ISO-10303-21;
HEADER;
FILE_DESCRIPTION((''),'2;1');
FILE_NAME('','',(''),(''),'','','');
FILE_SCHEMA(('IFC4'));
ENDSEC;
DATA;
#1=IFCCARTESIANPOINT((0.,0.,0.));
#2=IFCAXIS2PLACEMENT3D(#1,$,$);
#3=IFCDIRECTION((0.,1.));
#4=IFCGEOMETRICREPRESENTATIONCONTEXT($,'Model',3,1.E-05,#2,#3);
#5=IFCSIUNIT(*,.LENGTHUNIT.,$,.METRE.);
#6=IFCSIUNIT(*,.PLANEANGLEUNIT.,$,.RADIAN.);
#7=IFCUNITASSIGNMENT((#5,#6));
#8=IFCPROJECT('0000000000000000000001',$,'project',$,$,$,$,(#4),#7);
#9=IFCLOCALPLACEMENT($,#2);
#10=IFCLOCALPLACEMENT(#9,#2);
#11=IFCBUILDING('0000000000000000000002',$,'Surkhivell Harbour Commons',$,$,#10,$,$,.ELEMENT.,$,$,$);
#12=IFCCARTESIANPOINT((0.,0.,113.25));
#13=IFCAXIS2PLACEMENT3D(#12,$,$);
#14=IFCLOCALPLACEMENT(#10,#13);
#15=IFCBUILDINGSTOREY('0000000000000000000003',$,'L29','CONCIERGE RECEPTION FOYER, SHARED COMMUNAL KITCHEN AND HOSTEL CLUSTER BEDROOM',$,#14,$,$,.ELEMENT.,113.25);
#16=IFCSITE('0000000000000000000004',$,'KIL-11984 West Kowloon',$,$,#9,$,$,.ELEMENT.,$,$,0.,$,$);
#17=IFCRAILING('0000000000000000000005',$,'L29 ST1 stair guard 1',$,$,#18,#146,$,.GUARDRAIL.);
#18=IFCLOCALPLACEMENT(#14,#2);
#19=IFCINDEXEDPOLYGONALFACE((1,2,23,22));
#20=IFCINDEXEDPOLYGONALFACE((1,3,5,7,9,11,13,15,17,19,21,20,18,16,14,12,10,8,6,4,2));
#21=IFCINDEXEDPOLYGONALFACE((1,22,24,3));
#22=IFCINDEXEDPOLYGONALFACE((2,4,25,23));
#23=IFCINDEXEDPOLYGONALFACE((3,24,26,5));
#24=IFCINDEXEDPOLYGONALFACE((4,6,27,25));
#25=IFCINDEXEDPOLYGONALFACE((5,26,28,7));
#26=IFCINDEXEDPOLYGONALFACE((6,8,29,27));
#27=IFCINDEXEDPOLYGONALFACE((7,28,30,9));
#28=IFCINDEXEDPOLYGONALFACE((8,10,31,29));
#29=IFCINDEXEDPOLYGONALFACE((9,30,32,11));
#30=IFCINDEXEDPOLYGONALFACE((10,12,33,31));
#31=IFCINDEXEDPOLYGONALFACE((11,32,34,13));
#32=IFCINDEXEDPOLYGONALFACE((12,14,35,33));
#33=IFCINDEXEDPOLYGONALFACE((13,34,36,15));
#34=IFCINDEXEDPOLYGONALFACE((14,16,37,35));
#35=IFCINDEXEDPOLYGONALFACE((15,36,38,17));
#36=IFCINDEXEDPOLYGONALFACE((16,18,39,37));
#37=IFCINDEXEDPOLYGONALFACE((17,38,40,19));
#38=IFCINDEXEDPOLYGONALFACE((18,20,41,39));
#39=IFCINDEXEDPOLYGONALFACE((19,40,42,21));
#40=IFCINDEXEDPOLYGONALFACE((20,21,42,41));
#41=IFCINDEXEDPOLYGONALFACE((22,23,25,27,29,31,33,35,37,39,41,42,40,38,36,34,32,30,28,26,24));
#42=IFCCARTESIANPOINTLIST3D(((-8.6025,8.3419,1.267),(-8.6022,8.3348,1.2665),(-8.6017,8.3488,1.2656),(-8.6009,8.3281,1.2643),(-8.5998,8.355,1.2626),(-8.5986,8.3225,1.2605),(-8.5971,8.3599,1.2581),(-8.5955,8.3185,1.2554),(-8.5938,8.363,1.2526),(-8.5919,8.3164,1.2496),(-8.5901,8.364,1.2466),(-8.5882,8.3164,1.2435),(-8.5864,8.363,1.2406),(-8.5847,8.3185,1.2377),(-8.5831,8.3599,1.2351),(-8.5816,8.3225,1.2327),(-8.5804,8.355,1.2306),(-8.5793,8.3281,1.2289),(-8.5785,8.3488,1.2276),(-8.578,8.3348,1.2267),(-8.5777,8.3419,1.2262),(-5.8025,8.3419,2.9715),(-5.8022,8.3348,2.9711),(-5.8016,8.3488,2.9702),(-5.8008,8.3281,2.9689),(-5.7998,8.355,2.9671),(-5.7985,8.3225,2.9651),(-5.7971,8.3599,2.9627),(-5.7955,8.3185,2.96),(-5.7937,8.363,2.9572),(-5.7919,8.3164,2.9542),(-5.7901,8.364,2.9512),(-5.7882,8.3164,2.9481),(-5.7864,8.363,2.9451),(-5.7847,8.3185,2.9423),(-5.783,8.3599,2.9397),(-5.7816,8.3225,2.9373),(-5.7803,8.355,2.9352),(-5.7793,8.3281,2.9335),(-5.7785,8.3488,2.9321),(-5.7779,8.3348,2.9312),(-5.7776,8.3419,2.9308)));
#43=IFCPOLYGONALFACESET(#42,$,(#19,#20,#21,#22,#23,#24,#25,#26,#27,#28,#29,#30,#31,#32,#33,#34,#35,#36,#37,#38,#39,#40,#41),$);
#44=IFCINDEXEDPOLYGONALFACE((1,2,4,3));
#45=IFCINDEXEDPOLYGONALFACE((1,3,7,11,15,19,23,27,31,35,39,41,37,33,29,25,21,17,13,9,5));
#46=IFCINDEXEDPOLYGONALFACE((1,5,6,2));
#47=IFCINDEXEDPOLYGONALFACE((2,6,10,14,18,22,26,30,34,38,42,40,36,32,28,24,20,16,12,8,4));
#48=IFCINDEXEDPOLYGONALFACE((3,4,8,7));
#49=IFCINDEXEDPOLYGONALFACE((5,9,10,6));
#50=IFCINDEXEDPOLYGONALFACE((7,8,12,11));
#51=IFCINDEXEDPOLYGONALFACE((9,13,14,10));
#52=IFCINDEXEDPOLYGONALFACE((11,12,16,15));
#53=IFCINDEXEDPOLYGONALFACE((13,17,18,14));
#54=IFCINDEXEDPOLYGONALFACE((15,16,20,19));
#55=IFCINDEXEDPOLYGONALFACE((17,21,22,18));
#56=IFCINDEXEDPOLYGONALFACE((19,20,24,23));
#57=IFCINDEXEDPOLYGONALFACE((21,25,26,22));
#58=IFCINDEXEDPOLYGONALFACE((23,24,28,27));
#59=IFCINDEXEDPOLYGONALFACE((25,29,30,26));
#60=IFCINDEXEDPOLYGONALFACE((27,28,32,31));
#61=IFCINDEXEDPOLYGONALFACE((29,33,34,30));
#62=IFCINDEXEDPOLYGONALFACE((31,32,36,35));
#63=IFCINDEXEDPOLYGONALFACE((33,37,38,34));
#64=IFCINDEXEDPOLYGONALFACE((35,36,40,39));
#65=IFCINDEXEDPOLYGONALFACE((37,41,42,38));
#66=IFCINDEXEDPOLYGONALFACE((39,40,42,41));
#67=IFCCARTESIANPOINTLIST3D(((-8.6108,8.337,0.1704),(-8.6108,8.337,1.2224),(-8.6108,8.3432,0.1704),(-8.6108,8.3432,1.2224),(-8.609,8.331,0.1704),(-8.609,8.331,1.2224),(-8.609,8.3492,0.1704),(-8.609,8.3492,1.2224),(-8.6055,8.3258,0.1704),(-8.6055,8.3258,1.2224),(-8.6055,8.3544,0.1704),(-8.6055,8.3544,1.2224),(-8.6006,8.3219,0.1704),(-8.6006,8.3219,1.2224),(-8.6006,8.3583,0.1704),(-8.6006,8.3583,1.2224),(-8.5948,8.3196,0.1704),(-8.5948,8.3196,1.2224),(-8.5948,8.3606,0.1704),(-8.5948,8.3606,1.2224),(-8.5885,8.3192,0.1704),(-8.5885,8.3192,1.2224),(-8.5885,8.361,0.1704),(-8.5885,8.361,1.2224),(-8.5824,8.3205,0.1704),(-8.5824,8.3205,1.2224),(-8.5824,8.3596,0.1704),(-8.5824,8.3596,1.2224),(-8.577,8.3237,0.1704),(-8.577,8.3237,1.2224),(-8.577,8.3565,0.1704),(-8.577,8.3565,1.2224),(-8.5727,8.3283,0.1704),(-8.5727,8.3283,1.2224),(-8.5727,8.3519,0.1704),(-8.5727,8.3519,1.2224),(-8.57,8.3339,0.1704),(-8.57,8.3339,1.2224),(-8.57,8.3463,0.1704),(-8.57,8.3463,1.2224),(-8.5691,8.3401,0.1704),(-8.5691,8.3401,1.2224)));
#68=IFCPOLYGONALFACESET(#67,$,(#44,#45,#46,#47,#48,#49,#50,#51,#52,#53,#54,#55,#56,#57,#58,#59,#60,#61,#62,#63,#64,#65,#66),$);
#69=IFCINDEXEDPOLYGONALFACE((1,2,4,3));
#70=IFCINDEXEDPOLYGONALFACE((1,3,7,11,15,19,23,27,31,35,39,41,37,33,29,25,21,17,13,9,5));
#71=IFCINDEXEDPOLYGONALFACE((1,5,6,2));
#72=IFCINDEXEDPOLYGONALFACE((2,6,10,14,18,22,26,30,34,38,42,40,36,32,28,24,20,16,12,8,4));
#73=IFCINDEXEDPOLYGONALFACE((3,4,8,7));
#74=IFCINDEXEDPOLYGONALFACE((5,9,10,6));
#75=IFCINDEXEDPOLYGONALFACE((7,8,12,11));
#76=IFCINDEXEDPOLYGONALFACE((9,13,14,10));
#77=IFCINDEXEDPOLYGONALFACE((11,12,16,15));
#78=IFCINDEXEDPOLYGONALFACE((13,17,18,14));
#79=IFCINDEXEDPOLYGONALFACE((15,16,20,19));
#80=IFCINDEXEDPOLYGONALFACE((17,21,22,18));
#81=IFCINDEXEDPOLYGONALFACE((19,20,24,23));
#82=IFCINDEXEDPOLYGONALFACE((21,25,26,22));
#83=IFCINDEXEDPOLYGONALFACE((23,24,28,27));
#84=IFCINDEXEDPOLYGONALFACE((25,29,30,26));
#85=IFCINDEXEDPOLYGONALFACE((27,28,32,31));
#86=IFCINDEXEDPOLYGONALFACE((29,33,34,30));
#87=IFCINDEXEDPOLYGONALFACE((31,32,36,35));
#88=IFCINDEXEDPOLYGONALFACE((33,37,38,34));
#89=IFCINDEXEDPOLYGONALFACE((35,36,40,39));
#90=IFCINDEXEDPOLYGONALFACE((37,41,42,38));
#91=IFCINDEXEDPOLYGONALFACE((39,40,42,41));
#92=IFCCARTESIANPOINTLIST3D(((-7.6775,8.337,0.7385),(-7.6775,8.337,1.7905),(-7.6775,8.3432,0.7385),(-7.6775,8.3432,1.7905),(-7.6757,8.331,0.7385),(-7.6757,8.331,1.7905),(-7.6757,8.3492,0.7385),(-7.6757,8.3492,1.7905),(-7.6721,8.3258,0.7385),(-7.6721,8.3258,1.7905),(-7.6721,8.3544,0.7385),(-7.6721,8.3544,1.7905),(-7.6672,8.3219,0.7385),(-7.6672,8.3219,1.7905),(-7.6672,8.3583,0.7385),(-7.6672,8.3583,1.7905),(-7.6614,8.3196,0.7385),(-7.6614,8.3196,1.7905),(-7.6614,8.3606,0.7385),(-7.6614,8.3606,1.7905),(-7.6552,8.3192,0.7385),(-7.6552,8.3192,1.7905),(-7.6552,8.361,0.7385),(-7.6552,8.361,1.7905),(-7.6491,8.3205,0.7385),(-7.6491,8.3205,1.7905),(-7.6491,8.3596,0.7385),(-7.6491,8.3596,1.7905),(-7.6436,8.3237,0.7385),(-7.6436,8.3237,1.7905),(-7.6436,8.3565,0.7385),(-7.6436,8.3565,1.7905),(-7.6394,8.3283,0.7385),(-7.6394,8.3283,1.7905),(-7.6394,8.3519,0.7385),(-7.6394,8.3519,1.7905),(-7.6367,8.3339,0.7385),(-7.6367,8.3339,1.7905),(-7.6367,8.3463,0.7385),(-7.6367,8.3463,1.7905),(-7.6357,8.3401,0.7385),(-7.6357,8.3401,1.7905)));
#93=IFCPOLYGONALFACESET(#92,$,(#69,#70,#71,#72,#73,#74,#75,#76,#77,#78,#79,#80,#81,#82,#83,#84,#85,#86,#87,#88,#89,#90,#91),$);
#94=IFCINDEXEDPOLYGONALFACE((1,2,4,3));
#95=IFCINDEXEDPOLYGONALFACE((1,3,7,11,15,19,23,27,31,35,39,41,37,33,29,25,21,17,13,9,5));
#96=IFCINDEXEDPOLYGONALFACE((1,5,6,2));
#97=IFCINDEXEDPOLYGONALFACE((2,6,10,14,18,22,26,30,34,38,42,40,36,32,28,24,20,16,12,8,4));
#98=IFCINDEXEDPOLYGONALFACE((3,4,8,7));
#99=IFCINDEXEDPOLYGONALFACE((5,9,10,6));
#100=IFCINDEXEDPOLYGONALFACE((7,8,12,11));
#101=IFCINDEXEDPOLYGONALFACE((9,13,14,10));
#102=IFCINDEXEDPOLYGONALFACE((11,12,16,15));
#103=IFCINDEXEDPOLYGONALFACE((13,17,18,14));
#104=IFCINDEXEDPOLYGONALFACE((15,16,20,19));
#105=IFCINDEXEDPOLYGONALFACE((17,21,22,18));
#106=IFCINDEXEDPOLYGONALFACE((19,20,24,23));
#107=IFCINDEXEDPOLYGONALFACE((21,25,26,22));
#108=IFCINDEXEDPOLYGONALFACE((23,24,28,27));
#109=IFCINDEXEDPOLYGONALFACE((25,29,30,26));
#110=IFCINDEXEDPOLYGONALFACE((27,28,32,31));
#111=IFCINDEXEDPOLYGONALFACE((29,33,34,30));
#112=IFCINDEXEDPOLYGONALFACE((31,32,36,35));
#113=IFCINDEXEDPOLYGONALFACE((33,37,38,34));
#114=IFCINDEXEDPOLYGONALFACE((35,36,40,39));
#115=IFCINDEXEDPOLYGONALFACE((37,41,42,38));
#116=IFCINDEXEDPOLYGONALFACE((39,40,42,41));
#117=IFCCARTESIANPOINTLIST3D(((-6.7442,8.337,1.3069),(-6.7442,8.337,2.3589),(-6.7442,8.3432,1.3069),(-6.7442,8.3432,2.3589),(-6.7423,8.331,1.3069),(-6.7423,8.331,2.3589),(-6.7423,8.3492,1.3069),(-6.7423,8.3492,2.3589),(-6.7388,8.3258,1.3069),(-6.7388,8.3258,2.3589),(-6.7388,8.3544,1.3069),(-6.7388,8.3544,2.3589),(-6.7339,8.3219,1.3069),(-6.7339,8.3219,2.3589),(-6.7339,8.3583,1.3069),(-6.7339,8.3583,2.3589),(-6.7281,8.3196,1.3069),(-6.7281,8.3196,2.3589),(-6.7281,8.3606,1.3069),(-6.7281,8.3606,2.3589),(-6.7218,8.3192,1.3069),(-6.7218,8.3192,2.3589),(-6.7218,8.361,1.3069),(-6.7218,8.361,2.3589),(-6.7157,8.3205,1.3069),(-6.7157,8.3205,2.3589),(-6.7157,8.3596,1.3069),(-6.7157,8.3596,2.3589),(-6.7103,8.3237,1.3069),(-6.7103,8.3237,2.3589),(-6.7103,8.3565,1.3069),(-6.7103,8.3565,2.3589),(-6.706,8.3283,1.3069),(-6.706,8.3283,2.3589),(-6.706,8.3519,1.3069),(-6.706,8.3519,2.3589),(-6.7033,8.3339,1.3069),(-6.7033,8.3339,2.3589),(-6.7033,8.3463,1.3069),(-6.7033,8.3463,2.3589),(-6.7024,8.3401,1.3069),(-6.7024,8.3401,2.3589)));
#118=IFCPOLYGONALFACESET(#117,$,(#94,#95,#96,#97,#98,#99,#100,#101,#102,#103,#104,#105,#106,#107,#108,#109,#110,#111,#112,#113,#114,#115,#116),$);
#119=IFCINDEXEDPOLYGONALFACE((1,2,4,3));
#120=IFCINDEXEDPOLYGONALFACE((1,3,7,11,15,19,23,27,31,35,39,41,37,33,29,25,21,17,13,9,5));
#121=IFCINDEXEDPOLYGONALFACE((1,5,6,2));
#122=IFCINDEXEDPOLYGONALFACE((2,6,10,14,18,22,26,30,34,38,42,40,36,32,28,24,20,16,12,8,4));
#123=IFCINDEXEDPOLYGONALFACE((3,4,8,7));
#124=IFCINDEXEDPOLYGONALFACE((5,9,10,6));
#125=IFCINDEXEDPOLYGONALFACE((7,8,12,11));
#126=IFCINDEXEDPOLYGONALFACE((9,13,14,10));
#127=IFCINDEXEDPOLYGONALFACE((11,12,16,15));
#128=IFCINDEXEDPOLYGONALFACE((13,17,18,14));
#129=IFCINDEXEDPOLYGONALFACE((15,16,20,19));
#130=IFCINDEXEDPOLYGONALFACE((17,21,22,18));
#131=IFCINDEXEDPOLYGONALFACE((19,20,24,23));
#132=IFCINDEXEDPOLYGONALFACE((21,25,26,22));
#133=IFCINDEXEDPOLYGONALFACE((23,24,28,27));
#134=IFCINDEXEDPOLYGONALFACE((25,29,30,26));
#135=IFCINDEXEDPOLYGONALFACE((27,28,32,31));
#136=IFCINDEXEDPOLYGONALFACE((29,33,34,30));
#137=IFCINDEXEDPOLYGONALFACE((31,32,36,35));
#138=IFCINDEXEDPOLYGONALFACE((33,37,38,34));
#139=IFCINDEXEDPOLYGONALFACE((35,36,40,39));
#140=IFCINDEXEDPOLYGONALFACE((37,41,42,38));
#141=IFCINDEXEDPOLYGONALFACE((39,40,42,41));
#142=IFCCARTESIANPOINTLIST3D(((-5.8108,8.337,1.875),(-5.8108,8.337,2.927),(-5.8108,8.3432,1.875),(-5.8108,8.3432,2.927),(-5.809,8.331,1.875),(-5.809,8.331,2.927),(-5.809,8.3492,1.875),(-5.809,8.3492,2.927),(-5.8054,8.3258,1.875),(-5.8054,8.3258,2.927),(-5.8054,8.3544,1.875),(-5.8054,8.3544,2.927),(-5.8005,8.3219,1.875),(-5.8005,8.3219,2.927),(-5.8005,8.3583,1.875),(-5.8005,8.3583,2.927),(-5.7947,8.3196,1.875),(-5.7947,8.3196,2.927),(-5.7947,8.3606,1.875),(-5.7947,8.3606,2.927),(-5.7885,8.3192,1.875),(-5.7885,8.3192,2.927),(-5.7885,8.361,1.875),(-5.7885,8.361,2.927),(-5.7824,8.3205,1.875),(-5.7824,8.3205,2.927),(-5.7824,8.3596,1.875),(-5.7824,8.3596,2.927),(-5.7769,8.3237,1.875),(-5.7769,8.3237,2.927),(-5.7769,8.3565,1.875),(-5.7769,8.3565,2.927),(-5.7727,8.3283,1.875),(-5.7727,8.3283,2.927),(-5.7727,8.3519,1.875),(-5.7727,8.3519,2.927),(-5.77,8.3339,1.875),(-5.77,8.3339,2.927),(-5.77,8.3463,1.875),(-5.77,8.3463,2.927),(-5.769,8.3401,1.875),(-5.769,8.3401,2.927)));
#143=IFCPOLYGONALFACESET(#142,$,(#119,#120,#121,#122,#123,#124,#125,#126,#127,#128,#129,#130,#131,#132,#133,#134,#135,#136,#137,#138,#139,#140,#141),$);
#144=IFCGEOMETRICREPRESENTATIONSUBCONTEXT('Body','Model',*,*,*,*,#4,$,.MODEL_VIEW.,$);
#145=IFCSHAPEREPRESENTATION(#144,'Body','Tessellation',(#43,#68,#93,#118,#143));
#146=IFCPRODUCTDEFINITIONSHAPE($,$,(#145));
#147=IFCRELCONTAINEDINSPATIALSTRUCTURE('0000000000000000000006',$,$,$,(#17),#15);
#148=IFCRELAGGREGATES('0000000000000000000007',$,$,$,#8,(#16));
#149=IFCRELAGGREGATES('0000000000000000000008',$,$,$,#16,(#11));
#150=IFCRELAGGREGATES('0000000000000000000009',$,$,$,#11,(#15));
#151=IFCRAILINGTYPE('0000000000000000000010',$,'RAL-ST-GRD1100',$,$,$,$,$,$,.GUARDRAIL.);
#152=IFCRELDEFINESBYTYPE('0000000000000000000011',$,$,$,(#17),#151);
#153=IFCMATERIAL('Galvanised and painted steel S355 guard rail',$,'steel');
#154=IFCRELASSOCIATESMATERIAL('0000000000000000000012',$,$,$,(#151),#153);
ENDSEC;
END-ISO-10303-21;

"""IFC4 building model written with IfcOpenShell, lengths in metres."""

from ifc_helpers import new_model, si_unit, direction, frame, origin, origin_2d, place, context, subcontext, project, spatial, circle, extrude, material, type_object, element, save


model = new_model("IFC4")

# Units and contexts
model_context = context("Model", 3, precision=1e-05, world=origin(), true_north=direction((0.0, 1.0)))
body_context = subcontext(model_context, "Body", "Model", "MODEL_VIEW")
ifc_project = project(units=[si_unit("LENGTHUNIT", "METRE"), si_unit("PLANEANGLEUNIT", "RADIAN")], contexts=[model_context])

# Site, building, storey
site_placement = place(None, origin())
site = spatial("IfcSite", under=ifc_project, at=site_placement, Name="KIL-11984 West Kowloon", CompositionType="ELEMENT", RefElevation=0.0)
building_placement = place(site_placement, origin())
building = spatial("IfcBuilding", under=site, at=building_placement, Name="Surkhivell Harbour Commons", CompositionType="ELEMENT")
storey_placement = place(building_placement, frame((0.0, 0.0, 113.25)))
storey = spatial("IfcBuildingStorey", under=building, at=storey_placement, Name="L29", Description="CONCIERGE RECEPTION FOYER, SHARED COMMUNAL KITCHEN AND HOSTEL CLUSTER BEDROOM", CompositionType="ELEMENT", Elevation=113.25)

# Railing
ifc_material_1 = material(Name="Galvanised and painted steel S355 guard rail", Category="steel")
railing_type_1 = type_object("IfcRailingType", Name="RAL-ST-GRD1100", PredefinedType="GUARDRAIL", material=ifc_material_1)
railing_1_placement = place(storey_placement, frame((-8.5901, 8.3401, 0.1704)))
element("IfcRailing", 1, at=railing_1_placement, inside=storey, type_object=railing_type_1, Name="L29 ST1 stair guard 1", PredefinedType="GUARDRAIL", context=body_context, shape_type="SweptSolid", body=[
    extrude(circle(Radius=0.0239, at=origin_2d()), frame((0.0, 0.0, 1.0762), z_axis=(0.85417, 0.0, 0.519994), x_axis=(0.0, 1.0, 0.0)), (0.0, 0.0, 1.0), 3.2781),
    extrude(circle(Radius=0.021, at=origin_2d()), origin(), (0.0, 0.0, 1.0), 1.052),
    extrude(circle(Radius=0.021, at=origin_2d()), frame((0.9333, 0.0, 0.5681)), (0.0, 0.0, 1.0), 1.052),
    extrude(circle(Radius=0.021, at=origin_2d()), frame((1.8667, 0.0, 1.1365)), (0.0, 0.0, 1.0), 1.052),
    extrude(circle(Radius=0.021, at=origin_2d()), frame((2.8, 0.0, 1.7046)), (0.0, 0.0, 1.0), 1.052),
])

save(model, "model.ifc")
